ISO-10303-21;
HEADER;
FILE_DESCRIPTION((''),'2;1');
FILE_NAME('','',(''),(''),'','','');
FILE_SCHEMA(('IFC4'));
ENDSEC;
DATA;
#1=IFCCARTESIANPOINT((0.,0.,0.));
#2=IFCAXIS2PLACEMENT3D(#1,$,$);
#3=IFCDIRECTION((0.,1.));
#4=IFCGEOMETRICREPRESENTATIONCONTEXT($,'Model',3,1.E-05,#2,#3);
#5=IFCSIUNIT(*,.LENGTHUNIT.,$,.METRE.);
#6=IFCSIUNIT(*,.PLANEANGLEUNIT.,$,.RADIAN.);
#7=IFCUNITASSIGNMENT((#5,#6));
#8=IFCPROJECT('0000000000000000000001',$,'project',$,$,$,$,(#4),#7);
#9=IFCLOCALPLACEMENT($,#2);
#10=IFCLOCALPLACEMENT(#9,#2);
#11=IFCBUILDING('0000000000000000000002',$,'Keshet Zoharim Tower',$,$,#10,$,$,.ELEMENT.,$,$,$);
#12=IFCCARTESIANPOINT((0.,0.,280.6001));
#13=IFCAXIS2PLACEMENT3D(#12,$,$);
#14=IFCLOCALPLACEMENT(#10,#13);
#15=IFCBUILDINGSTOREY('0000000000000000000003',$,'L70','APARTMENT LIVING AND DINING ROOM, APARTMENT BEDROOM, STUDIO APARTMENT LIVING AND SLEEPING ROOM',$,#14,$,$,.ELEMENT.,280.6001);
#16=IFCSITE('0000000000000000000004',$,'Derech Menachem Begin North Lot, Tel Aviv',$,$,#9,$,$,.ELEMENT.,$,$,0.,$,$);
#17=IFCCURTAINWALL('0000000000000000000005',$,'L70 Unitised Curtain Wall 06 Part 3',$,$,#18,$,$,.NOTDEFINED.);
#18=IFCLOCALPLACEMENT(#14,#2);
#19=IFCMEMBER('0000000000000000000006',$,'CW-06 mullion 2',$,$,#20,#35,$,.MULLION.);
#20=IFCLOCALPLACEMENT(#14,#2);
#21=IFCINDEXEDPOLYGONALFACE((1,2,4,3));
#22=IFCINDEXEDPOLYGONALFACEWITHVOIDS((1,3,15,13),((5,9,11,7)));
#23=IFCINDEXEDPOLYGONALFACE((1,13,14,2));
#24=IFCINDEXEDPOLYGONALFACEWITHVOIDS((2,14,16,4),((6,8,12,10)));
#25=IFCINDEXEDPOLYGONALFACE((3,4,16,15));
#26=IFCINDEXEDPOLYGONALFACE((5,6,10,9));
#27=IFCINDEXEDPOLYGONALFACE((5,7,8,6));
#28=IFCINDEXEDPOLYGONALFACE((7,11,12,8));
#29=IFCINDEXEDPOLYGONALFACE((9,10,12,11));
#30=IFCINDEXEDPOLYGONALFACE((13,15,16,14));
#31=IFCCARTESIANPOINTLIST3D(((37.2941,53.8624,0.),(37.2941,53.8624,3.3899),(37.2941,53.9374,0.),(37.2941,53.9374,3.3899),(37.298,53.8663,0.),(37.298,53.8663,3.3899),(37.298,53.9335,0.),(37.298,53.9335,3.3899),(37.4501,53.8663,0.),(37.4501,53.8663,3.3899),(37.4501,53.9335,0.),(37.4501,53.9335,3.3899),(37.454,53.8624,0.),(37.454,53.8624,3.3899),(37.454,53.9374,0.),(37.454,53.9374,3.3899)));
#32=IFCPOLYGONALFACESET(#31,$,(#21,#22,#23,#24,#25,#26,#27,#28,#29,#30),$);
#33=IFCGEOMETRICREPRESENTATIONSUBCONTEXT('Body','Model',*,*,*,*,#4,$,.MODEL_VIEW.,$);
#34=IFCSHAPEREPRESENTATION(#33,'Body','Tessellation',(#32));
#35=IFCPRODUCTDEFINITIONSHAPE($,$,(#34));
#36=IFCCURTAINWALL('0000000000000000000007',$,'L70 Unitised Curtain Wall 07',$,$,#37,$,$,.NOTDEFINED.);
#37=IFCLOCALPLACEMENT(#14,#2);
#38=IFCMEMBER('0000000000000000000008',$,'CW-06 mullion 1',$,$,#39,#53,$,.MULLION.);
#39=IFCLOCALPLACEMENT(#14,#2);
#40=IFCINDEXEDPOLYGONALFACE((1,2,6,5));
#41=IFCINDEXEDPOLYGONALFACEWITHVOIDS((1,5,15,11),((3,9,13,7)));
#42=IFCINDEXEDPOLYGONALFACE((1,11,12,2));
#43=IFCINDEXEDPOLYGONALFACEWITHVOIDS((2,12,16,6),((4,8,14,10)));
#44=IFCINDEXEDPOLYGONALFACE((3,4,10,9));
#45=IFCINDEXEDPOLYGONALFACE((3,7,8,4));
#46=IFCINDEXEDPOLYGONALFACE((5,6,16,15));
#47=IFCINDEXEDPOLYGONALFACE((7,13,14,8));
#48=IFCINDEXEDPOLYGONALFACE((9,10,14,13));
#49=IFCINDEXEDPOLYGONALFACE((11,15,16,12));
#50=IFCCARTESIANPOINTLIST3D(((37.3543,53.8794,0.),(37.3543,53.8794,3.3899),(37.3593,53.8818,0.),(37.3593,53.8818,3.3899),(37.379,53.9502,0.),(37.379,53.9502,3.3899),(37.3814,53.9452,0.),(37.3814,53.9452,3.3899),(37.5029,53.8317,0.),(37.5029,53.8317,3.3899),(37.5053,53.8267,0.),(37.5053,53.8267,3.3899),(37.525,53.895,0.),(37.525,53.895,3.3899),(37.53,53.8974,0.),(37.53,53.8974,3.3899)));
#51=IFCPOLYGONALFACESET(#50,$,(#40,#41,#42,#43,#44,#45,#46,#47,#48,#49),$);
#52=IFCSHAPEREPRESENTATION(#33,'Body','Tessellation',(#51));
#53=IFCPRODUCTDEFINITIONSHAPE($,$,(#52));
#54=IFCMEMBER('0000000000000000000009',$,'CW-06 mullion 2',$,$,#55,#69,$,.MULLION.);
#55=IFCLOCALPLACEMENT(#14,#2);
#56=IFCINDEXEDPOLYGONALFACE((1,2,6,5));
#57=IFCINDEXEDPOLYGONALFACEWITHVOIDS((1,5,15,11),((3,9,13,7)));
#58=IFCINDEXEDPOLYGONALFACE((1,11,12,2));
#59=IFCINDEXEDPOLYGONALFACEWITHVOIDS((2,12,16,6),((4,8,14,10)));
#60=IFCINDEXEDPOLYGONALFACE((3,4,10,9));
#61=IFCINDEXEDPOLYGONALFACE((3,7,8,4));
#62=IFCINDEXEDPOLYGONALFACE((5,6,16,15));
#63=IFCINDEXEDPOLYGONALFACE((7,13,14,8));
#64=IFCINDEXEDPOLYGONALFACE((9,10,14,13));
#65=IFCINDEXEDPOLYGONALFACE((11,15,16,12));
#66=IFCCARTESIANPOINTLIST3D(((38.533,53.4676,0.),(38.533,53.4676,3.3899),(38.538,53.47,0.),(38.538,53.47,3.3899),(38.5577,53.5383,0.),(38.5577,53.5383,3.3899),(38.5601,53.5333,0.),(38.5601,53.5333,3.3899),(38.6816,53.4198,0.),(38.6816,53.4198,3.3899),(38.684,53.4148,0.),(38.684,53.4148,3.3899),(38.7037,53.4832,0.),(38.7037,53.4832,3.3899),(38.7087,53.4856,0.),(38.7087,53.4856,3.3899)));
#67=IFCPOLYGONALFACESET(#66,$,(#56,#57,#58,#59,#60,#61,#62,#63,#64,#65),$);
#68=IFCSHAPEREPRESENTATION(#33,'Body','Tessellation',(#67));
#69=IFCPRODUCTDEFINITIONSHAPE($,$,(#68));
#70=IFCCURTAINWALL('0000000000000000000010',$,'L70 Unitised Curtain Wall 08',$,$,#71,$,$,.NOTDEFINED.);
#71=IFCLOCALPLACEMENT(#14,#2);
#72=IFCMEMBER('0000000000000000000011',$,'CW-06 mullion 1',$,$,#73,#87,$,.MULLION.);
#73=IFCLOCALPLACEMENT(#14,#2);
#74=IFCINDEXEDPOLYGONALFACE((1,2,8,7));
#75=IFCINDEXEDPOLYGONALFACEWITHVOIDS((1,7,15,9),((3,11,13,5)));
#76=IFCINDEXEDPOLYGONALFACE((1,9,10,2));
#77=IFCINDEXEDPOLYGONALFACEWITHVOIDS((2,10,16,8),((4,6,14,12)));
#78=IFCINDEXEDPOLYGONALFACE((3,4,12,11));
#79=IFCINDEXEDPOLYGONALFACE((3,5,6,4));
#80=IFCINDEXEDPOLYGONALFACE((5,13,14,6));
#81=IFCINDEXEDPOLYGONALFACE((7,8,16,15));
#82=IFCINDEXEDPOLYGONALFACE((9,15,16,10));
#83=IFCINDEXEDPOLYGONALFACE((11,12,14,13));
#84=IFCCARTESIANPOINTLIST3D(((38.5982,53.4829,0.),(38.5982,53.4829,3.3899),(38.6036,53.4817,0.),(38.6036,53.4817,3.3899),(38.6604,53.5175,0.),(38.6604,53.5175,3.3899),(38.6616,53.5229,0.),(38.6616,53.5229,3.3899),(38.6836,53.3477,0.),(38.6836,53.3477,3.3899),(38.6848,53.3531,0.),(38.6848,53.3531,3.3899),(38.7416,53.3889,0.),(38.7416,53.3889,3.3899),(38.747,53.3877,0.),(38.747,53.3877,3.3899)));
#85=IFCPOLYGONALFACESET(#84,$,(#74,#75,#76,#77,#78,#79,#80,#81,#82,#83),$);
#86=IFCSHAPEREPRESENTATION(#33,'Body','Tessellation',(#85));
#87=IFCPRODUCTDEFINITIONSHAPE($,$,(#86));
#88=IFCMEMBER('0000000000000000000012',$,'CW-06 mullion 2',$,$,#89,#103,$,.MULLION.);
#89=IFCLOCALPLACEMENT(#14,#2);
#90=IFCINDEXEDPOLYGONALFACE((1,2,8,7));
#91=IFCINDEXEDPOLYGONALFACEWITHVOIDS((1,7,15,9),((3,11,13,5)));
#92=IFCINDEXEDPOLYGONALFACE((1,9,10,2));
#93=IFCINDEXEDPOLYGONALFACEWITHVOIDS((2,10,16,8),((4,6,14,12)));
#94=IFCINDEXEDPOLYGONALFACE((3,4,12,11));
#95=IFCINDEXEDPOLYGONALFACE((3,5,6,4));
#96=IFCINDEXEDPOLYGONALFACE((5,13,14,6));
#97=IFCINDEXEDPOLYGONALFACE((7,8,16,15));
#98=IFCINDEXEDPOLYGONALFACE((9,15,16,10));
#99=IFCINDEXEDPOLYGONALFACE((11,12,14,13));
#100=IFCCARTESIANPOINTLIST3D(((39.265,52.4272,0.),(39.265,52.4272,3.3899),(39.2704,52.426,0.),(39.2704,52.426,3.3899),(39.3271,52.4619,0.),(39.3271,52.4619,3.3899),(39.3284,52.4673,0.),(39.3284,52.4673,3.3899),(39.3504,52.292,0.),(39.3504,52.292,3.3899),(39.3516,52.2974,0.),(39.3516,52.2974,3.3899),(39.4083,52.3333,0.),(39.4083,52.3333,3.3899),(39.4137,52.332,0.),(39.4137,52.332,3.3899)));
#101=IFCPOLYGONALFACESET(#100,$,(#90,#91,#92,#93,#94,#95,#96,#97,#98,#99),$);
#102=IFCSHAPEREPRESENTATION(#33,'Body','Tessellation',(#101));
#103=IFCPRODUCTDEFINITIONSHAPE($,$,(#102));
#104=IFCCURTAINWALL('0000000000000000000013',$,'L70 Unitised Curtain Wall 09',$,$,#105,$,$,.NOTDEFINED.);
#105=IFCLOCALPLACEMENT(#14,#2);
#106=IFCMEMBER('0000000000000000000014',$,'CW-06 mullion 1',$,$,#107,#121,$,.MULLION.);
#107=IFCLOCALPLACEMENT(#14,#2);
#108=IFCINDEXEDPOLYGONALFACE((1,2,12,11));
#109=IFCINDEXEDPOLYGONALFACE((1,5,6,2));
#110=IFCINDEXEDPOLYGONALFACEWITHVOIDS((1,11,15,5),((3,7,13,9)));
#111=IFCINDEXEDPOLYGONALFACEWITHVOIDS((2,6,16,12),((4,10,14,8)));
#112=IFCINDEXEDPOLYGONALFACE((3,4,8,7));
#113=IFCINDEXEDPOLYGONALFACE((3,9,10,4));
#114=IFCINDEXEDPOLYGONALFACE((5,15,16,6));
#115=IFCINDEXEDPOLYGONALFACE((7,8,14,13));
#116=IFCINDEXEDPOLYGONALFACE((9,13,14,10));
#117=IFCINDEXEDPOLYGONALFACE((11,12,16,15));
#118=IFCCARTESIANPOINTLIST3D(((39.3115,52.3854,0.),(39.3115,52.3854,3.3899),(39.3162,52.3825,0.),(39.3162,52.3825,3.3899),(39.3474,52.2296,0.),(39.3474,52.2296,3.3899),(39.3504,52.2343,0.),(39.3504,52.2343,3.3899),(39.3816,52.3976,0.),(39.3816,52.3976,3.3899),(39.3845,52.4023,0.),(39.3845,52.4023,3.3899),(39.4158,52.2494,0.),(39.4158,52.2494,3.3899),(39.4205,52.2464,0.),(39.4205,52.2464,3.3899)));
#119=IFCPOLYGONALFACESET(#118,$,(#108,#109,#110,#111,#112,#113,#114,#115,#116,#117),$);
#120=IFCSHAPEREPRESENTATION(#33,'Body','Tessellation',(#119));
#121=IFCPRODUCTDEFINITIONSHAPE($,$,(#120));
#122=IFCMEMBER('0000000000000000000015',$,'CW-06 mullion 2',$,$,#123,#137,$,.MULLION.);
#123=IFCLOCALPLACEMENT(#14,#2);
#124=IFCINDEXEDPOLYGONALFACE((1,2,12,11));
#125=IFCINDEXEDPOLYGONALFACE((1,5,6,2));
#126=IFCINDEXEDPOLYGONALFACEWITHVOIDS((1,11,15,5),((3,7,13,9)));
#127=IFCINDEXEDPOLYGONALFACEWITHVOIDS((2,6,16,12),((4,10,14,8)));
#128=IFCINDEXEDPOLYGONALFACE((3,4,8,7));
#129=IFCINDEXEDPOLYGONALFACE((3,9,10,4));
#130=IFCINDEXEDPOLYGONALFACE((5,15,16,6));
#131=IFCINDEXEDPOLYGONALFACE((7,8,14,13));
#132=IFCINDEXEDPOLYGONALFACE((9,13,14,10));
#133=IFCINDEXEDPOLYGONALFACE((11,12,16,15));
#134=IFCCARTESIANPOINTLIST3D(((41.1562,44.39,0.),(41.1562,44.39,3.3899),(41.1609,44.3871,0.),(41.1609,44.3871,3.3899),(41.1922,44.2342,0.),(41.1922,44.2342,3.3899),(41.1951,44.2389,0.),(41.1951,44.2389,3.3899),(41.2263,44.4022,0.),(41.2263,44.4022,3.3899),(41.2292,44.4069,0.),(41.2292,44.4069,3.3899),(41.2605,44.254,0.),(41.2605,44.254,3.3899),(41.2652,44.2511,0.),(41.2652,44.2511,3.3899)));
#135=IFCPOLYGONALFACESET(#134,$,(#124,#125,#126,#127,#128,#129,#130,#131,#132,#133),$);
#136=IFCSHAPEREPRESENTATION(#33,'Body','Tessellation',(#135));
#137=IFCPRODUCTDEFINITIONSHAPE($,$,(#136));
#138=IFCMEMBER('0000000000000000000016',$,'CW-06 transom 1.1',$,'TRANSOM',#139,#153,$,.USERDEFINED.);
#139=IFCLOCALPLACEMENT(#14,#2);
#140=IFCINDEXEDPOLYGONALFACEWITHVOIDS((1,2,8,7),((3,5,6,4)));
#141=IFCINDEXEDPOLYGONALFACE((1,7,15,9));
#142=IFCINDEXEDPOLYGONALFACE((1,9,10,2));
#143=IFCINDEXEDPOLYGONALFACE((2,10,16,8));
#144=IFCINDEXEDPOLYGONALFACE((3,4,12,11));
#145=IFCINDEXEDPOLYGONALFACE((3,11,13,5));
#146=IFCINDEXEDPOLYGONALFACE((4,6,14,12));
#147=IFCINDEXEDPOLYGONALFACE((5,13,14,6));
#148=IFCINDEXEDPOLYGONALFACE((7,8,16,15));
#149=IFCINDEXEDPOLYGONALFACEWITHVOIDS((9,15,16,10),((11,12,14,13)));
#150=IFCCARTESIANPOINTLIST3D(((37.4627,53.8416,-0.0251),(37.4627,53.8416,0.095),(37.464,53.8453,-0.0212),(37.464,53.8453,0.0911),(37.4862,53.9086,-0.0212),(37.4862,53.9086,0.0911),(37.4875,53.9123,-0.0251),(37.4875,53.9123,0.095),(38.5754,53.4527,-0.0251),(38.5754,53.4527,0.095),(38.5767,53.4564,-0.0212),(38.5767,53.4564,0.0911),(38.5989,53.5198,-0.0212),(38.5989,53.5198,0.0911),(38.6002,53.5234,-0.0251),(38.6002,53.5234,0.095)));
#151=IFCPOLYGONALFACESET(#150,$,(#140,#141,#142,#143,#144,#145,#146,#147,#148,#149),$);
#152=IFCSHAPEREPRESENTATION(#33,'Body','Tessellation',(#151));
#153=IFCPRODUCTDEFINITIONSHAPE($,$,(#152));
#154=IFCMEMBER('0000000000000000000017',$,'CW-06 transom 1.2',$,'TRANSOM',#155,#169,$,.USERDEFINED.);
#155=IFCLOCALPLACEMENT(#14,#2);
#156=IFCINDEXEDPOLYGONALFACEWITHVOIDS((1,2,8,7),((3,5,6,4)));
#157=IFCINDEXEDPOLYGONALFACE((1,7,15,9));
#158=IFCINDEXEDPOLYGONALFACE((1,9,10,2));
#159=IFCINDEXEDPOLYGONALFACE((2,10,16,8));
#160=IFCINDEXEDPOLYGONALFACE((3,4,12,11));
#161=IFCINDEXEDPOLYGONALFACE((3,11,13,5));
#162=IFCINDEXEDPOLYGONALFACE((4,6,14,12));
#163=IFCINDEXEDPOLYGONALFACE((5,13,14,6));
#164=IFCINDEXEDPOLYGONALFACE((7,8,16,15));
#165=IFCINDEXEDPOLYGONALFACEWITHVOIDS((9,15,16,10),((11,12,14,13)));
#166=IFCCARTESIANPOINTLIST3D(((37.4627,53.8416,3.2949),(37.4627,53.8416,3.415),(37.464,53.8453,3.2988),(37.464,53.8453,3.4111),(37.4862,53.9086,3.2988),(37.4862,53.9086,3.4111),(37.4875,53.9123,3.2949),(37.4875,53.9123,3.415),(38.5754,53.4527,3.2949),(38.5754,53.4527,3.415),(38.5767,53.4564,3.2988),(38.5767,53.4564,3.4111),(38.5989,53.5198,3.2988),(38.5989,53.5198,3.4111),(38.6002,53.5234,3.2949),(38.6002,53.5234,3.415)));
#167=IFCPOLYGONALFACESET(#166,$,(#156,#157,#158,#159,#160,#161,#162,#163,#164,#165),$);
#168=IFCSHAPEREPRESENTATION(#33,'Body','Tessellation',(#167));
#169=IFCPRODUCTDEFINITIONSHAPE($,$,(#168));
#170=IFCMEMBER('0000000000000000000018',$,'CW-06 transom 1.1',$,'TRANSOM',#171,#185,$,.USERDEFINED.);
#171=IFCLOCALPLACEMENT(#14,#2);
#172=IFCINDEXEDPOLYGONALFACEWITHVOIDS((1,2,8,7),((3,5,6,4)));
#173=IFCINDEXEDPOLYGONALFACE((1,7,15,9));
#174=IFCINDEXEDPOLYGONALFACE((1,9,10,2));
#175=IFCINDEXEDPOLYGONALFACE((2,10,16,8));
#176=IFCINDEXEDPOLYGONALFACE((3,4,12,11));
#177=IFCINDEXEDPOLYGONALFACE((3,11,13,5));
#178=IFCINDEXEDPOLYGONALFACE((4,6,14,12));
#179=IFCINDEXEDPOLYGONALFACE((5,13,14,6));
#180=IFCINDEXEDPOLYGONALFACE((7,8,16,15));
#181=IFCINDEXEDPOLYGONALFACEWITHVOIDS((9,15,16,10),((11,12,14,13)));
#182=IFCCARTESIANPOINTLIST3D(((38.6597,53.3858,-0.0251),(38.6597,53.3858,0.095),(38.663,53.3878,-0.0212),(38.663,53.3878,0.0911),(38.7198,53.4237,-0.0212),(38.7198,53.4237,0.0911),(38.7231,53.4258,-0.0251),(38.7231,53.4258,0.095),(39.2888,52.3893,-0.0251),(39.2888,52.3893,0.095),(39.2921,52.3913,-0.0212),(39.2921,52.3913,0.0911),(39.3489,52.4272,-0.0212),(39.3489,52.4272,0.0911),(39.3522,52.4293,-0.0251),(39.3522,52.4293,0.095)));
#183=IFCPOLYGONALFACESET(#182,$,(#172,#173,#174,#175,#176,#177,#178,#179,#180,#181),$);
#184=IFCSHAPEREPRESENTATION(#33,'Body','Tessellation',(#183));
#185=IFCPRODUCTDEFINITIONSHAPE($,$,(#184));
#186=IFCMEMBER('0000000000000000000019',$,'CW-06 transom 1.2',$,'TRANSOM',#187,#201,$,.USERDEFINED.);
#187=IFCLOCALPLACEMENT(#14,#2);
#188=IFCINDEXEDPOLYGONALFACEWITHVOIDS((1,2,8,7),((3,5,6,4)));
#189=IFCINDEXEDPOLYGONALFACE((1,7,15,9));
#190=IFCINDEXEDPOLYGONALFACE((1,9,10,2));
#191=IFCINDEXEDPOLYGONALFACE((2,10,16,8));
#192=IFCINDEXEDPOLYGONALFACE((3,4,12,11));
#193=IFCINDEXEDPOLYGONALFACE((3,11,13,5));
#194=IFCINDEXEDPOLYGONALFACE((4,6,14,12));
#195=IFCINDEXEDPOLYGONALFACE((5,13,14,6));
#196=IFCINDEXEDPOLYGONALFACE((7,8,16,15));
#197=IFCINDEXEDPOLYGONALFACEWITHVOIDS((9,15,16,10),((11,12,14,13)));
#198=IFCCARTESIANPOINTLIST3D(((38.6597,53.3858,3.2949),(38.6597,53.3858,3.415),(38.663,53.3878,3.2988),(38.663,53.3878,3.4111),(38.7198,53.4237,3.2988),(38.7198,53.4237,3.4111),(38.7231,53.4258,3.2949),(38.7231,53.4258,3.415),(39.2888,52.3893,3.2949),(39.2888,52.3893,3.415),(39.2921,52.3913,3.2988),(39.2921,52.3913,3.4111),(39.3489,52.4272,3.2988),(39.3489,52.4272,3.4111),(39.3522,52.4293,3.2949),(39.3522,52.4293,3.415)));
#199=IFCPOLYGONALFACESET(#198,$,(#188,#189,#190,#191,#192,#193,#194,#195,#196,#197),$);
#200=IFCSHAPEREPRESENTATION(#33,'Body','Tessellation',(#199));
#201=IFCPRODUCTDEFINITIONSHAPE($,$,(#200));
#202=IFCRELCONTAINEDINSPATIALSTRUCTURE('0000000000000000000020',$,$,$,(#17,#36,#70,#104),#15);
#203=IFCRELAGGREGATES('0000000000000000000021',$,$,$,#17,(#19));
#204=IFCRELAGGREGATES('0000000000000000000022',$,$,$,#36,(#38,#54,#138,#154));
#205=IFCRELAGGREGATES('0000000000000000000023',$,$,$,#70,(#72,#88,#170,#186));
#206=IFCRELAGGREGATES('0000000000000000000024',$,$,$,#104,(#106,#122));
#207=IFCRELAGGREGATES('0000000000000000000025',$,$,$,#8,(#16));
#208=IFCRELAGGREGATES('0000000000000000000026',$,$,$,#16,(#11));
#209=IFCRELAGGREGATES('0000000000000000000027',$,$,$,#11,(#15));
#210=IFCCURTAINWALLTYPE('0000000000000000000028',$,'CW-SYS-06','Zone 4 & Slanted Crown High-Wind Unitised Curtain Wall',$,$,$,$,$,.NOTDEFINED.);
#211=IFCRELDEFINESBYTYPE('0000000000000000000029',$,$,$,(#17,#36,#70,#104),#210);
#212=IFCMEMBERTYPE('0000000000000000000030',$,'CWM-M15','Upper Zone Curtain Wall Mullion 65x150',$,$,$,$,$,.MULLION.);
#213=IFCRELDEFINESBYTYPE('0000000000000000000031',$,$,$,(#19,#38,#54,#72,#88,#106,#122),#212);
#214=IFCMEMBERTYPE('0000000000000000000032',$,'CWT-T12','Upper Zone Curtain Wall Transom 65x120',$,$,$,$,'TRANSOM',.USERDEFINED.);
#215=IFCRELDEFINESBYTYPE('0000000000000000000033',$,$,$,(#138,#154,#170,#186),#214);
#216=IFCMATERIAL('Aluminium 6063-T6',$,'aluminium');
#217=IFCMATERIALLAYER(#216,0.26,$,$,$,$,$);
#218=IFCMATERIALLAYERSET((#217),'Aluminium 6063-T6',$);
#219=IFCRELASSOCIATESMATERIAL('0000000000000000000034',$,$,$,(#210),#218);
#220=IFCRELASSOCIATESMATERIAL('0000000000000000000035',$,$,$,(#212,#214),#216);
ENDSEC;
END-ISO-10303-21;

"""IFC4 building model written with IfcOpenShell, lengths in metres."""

from ifc_helpers import new_model, si_unit, direction, frame, origin, origin_2d, place, context, subcontext, project, spatial, hollow_rectangle, extrude, material, layer, layer_set, material_profile, profile_set, type_object, element, aggregate, save


model = new_model("IFC4")

# Units and contexts
model_context = context("Model", 3, precision=1e-05, world=origin(), true_north=direction((0.0, 1.0)))
body_context = subcontext(model_context, "Body", "Model", "MODEL_VIEW")
ifc_project = project(units=[si_unit("LENGTHUNIT", "METRE"), si_unit("PLANEANGLEUNIT", "RADIAN")], contexts=[model_context])

# Site, building, storey
site_placement = place(None, origin())
site = spatial("IfcSite", under=ifc_project, at=site_placement, Name="Derech Menachem Begin North Lot, Tel Aviv", CompositionType="ELEMENT", RefElevation=0.0)
building_placement = place(site_placement, origin())
building = spatial("IfcBuilding", under=site, at=building_placement, Name="Keshet Zoharim Tower", CompositionType="ELEMENT")
storey_placement = place(building_placement, frame((0.0, 0.0, 280.6001)))
storey = spatial("IfcBuildingStorey", under=building, at=storey_placement, Name="L70", Description="APARTMENT LIVING AND DINING ROOM, APARTMENT BEDROOM, STUDIO APARTMENT LIVING AND SLEEPING ROOM", CompositionType="ELEMENT", Elevation=280.6001)

# Curtain wall, member
ifc_material_1 = material(Name="Aluminium 6063-T6", Category="aluminium")
ifc_layer_1 = layer(ifc_material_1, 0.26)
ifc_layer_set_1 = layer_set([ifc_layer_1], Name="Aluminium 6063-T6")
curtain_wall_type = type_object("IfcCurtainWallType", Name="CW-SYS-06", Description="Zone 4 & Slanted Crown High-Wind Unitised Curtain Wall", PredefinedType="NOTDEFINED", material=ifc_layer_set_1)
curtain_wall_1_placement = place(storey_placement, origin())
curtain_wall_1 = element("IfcCurtainWall", 1, at=curtain_wall_1_placement, inside=storey, type_object=curtain_wall_type, Name="L70 Unitised Curtain Wall 06 Part 3", PredefinedType="NOTDEFINED")
ifc_material_profile_1 = material_profile(ifc_material_1, hollow_rectangle(XDim=0.075, YDim=0.1599, WallThickness=0.0039, at=origin_2d()), Name="MUL-75x160")
ifc_profile_set_1 = profile_set([ifc_material_profile_1], Name="Aluminium 6063-T6")
member_type_1 = type_object("IfcMemberType", Name="CWM-M15", Description="Upper Zone Curtain Wall Mullion 65x150", PredefinedType="MULLION", material=ifc_profile_set_1)
member_1_placement = place(storey_placement, frame((37.374, 53.8999, 0.0), z_axis=(0.0, 0.0, 1.0), x_axis=(0.0, 1.0, 0.0)))
member_1 = element("IfcMember", 2, at=member_1_placement, type_object=member_type_1, Name="CW-06 mullion 2", PredefinedType="MULLION", context=body_context, shape_type="SweptSolid", body=[
    extrude(hollow_rectangle(XDim=0.075, YDim=0.1599, WallThickness=0.0039, at=origin_2d()), origin(), (0.0, 0.0, 1.0), 3.3899),
])
aggregate(curtain_wall_1, [member_1])

# Curtain walls, members
curtain_wall_2_placement = place(storey_placement, origin())
curtain_wall_2 = element("IfcCurtainWall", 3, at=curtain_wall_2_placement, inside=storey, type_object=curtain_wall_type, Name="L70 Unitised Curtain Wall 07", PredefinedType="NOTDEFINED")
member_2_placement = place(storey_placement, frame((37.4421, 53.8884, 0.0), z_axis=(0.0, 0.0, 1.0), x_axis=(0.329844, 0.944036, 0.0)))
member_2 = element("IfcMember", 4, at=member_2_placement, type_object=member_type_1, Name="CW-06 mullion 1", PredefinedType="MULLION", context=body_context, shape_type="SweptSolid", body=[
    extrude(hollow_rectangle(XDim=0.075, YDim=0.1599, WallThickness=0.0039, at=origin_2d()), origin(), (0.0, 0.0, 1.0), 3.3899),
])
member_3_placement = place(storey_placement, frame((38.6208, 53.4766, 0.0), z_axis=(0.0, 0.0, 1.0), x_axis=(0.329844, 0.944036, 0.0)))
member_3 = element("IfcMember", 5, at=member_3_placement, type_object=member_type_1, Name="CW-06 mullion 2", PredefinedType="MULLION", context=body_context, shape_type="SweptSolid", body=[
    extrude(hollow_rectangle(XDim=0.075, YDim=0.1599, WallThickness=0.0039, at=origin_2d()), origin(), (0.0, 0.0, 1.0), 3.3899),
])
curtain_wall_3_placement = place(storey_placement, origin())
curtain_wall_3 = element("IfcCurtainWall", 6, at=curtain_wall_3_placement, inside=storey, type_object=curtain_wall_type, Name="L70 Unitised Curtain Wall 08", PredefinedType="NOTDEFINED")
member_4_placement = place(storey_placement, frame((38.6726, 53.4353, 0.0), z_axis=(0.0, 0.0, 1.0), x_axis=(0.845561, 0.533879, 0.0)))
member_4 = element("IfcMember", 7, at=member_4_placement, type_object=member_type_1, Name="CW-06 mullion 1", PredefinedType="MULLION", context=body_context, shape_type="SweptSolid", body=[
    extrude(hollow_rectangle(XDim=0.075, YDim=0.1599, WallThickness=0.0039, at=origin_2d()), origin(), (0.0, 0.0, 1.0), 3.3899),
])
member_5_placement = place(storey_placement, frame((39.3394, 52.3796, 0.0), z_axis=(0.0, 0.0, 1.0), x_axis=(0.845561, 0.533879, 0.0)))
member_5 = element("IfcMember", 8, at=member_5_placement, type_object=member_type_1, Name="CW-06 mullion 2", PredefinedType="MULLION", context=body_context, shape_type="SweptSolid", body=[
    extrude(hollow_rectangle(XDim=0.075, YDim=0.1599, WallThickness=0.0039, at=origin_2d()), origin(), (0.0, 0.0, 1.0), 3.3899),
])
curtain_wall_4_placement = place(storey_placement, origin())
curtain_wall_4 = element("IfcCurtainWall", 9, at=curtain_wall_4_placement, inside=storey, type_object=curtain_wall_type, Name="L70 Unitised Curtain Wall 09", PredefinedType="NOTDEFINED")
member_6_placement = place(storey_placement, frame((39.366, 52.3159, 0.0), z_axis=(0.0, 0.0, 1.0), x_axis=(0.974398, 0.22483, 0.0)))
member_6 = element("IfcMember", 10, at=member_6_placement, type_object=member_type_1, Name="CW-06 mullion 1", PredefinedType="MULLION", context=body_context, shape_type="SweptSolid", body=[
    extrude(hollow_rectangle(XDim=0.075, YDim=0.1599, WallThickness=0.0039, at=origin_2d()), origin(), (0.0, 0.0, 1.0), 3.3899),
])
member_7_placement = place(storey_placement, frame((41.2107, 44.3206, 0.0), z_axis=(0.0, 0.0, 1.0), x_axis=(0.974398, 0.22483, 0.0)))
member_7 = element("IfcMember", 11, at=member_7_placement, type_object=member_type_1, Name="CW-06 mullion 2", PredefinedType="MULLION", context=body_context, shape_type="SweptSolid", body=[
    extrude(hollow_rectangle(XDim=0.075, YDim=0.1599, WallThickness=0.0039, at=origin_2d()), origin(), (0.0, 0.0, 1.0), 3.3899),
])

# Members
ifc_material_profile_2 = material_profile(ifc_material_1, hollow_rectangle(XDim=0.075, YDim=0.1201, WallThickness=0.0039, at=origin_2d()), Name="TRN-75x120")
ifc_profile_set_2 = profile_set([ifc_material_profile_2], Name="Aluminium 6063-T6")
member_type_2 = type_object("IfcMemberType", Name="CWT-T12", Description="Upper Zone Curtain Wall Transom 65x120", ElementType="TRANSOM", PredefinedType="USERDEFINED", material=ifc_profile_set_2)
member_8_placement = place(storey_placement, frame((37.4751, 53.877, 0.0349), z_axis=(0.944007, -0.329926, 0.0), x_axis=(0.329926, 0.944007, 0.0)))
member_8 = element("IfcMember", 12, at=member_8_placement, type_object=member_type_2, Name="CW-06 transom 1.1", ObjectType="TRANSOM", PredefinedType="USERDEFINED", context=body_context, shape_type="SweptSolid", body=[
    extrude(hollow_rectangle(XDim=0.075, YDim=0.1201, WallThickness=0.0039, at=origin_2d()), origin(), (0.0, 0.0, 1.0), 1.1787),
])
member_9_placement = place(storey_placement, frame((37.4751, 53.877, 3.355), z_axis=(0.944007, -0.329926, 0.0), x_axis=(0.329926, 0.944007, 0.0)))
member_9 = element("IfcMember", 13, at=member_9_placement, type_object=member_type_2, Name="CW-06 transom 1.2", ObjectType="TRANSOM", PredefinedType="USERDEFINED", context=body_context, shape_type="SweptSolid", body=[
    extrude(hollow_rectangle(XDim=0.075, YDim=0.1201, WallThickness=0.0039, at=origin_2d()), origin(), (0.0, 0.0, 1.0), 1.1787),
])
member_10_placement = place(storey_placement, frame((38.6914, 53.4058, 0.0349), z_axis=(0.533829, -0.845592, 0.0), x_axis=(0.845592, 0.533829, 0.0)))
member_10 = element("IfcMember", 14, at=member_10_placement, type_object=member_type_2, Name="CW-06 transom 1.1", ObjectType="TRANSOM", PredefinedType="USERDEFINED", context=body_context, shape_type="SweptSolid", body=[
    extrude(hollow_rectangle(XDim=0.075, YDim=0.1201, WallThickness=0.0039, at=origin_2d()), origin(), (0.0, 0.0, 1.0), 1.1785),
])
member_11_placement = place(storey_placement, frame((38.6914, 53.4058, 3.355), z_axis=(0.533829, -0.845592, 0.0), x_axis=(0.845592, 0.533829, 0.0)))
member_11 = element("IfcMember", 15, at=member_11_placement, type_object=member_type_2, Name="CW-06 transom 1.2", ObjectType="TRANSOM", PredefinedType="USERDEFINED", context=body_context, shape_type="SweptSolid", body=[
    extrude(hollow_rectangle(XDim=0.075, YDim=0.1201, WallThickness=0.0039, at=origin_2d()), origin(), (0.0, 0.0, 1.0), 1.1785),
])

aggregate(curtain_wall_2, [member_2, member_3, member_8, member_9])
aggregate(curtain_wall_3, [member_4, member_5, member_10, member_11])
aggregate(curtain_wall_4, [member_6, member_7])

save(model, "model.ifc")
